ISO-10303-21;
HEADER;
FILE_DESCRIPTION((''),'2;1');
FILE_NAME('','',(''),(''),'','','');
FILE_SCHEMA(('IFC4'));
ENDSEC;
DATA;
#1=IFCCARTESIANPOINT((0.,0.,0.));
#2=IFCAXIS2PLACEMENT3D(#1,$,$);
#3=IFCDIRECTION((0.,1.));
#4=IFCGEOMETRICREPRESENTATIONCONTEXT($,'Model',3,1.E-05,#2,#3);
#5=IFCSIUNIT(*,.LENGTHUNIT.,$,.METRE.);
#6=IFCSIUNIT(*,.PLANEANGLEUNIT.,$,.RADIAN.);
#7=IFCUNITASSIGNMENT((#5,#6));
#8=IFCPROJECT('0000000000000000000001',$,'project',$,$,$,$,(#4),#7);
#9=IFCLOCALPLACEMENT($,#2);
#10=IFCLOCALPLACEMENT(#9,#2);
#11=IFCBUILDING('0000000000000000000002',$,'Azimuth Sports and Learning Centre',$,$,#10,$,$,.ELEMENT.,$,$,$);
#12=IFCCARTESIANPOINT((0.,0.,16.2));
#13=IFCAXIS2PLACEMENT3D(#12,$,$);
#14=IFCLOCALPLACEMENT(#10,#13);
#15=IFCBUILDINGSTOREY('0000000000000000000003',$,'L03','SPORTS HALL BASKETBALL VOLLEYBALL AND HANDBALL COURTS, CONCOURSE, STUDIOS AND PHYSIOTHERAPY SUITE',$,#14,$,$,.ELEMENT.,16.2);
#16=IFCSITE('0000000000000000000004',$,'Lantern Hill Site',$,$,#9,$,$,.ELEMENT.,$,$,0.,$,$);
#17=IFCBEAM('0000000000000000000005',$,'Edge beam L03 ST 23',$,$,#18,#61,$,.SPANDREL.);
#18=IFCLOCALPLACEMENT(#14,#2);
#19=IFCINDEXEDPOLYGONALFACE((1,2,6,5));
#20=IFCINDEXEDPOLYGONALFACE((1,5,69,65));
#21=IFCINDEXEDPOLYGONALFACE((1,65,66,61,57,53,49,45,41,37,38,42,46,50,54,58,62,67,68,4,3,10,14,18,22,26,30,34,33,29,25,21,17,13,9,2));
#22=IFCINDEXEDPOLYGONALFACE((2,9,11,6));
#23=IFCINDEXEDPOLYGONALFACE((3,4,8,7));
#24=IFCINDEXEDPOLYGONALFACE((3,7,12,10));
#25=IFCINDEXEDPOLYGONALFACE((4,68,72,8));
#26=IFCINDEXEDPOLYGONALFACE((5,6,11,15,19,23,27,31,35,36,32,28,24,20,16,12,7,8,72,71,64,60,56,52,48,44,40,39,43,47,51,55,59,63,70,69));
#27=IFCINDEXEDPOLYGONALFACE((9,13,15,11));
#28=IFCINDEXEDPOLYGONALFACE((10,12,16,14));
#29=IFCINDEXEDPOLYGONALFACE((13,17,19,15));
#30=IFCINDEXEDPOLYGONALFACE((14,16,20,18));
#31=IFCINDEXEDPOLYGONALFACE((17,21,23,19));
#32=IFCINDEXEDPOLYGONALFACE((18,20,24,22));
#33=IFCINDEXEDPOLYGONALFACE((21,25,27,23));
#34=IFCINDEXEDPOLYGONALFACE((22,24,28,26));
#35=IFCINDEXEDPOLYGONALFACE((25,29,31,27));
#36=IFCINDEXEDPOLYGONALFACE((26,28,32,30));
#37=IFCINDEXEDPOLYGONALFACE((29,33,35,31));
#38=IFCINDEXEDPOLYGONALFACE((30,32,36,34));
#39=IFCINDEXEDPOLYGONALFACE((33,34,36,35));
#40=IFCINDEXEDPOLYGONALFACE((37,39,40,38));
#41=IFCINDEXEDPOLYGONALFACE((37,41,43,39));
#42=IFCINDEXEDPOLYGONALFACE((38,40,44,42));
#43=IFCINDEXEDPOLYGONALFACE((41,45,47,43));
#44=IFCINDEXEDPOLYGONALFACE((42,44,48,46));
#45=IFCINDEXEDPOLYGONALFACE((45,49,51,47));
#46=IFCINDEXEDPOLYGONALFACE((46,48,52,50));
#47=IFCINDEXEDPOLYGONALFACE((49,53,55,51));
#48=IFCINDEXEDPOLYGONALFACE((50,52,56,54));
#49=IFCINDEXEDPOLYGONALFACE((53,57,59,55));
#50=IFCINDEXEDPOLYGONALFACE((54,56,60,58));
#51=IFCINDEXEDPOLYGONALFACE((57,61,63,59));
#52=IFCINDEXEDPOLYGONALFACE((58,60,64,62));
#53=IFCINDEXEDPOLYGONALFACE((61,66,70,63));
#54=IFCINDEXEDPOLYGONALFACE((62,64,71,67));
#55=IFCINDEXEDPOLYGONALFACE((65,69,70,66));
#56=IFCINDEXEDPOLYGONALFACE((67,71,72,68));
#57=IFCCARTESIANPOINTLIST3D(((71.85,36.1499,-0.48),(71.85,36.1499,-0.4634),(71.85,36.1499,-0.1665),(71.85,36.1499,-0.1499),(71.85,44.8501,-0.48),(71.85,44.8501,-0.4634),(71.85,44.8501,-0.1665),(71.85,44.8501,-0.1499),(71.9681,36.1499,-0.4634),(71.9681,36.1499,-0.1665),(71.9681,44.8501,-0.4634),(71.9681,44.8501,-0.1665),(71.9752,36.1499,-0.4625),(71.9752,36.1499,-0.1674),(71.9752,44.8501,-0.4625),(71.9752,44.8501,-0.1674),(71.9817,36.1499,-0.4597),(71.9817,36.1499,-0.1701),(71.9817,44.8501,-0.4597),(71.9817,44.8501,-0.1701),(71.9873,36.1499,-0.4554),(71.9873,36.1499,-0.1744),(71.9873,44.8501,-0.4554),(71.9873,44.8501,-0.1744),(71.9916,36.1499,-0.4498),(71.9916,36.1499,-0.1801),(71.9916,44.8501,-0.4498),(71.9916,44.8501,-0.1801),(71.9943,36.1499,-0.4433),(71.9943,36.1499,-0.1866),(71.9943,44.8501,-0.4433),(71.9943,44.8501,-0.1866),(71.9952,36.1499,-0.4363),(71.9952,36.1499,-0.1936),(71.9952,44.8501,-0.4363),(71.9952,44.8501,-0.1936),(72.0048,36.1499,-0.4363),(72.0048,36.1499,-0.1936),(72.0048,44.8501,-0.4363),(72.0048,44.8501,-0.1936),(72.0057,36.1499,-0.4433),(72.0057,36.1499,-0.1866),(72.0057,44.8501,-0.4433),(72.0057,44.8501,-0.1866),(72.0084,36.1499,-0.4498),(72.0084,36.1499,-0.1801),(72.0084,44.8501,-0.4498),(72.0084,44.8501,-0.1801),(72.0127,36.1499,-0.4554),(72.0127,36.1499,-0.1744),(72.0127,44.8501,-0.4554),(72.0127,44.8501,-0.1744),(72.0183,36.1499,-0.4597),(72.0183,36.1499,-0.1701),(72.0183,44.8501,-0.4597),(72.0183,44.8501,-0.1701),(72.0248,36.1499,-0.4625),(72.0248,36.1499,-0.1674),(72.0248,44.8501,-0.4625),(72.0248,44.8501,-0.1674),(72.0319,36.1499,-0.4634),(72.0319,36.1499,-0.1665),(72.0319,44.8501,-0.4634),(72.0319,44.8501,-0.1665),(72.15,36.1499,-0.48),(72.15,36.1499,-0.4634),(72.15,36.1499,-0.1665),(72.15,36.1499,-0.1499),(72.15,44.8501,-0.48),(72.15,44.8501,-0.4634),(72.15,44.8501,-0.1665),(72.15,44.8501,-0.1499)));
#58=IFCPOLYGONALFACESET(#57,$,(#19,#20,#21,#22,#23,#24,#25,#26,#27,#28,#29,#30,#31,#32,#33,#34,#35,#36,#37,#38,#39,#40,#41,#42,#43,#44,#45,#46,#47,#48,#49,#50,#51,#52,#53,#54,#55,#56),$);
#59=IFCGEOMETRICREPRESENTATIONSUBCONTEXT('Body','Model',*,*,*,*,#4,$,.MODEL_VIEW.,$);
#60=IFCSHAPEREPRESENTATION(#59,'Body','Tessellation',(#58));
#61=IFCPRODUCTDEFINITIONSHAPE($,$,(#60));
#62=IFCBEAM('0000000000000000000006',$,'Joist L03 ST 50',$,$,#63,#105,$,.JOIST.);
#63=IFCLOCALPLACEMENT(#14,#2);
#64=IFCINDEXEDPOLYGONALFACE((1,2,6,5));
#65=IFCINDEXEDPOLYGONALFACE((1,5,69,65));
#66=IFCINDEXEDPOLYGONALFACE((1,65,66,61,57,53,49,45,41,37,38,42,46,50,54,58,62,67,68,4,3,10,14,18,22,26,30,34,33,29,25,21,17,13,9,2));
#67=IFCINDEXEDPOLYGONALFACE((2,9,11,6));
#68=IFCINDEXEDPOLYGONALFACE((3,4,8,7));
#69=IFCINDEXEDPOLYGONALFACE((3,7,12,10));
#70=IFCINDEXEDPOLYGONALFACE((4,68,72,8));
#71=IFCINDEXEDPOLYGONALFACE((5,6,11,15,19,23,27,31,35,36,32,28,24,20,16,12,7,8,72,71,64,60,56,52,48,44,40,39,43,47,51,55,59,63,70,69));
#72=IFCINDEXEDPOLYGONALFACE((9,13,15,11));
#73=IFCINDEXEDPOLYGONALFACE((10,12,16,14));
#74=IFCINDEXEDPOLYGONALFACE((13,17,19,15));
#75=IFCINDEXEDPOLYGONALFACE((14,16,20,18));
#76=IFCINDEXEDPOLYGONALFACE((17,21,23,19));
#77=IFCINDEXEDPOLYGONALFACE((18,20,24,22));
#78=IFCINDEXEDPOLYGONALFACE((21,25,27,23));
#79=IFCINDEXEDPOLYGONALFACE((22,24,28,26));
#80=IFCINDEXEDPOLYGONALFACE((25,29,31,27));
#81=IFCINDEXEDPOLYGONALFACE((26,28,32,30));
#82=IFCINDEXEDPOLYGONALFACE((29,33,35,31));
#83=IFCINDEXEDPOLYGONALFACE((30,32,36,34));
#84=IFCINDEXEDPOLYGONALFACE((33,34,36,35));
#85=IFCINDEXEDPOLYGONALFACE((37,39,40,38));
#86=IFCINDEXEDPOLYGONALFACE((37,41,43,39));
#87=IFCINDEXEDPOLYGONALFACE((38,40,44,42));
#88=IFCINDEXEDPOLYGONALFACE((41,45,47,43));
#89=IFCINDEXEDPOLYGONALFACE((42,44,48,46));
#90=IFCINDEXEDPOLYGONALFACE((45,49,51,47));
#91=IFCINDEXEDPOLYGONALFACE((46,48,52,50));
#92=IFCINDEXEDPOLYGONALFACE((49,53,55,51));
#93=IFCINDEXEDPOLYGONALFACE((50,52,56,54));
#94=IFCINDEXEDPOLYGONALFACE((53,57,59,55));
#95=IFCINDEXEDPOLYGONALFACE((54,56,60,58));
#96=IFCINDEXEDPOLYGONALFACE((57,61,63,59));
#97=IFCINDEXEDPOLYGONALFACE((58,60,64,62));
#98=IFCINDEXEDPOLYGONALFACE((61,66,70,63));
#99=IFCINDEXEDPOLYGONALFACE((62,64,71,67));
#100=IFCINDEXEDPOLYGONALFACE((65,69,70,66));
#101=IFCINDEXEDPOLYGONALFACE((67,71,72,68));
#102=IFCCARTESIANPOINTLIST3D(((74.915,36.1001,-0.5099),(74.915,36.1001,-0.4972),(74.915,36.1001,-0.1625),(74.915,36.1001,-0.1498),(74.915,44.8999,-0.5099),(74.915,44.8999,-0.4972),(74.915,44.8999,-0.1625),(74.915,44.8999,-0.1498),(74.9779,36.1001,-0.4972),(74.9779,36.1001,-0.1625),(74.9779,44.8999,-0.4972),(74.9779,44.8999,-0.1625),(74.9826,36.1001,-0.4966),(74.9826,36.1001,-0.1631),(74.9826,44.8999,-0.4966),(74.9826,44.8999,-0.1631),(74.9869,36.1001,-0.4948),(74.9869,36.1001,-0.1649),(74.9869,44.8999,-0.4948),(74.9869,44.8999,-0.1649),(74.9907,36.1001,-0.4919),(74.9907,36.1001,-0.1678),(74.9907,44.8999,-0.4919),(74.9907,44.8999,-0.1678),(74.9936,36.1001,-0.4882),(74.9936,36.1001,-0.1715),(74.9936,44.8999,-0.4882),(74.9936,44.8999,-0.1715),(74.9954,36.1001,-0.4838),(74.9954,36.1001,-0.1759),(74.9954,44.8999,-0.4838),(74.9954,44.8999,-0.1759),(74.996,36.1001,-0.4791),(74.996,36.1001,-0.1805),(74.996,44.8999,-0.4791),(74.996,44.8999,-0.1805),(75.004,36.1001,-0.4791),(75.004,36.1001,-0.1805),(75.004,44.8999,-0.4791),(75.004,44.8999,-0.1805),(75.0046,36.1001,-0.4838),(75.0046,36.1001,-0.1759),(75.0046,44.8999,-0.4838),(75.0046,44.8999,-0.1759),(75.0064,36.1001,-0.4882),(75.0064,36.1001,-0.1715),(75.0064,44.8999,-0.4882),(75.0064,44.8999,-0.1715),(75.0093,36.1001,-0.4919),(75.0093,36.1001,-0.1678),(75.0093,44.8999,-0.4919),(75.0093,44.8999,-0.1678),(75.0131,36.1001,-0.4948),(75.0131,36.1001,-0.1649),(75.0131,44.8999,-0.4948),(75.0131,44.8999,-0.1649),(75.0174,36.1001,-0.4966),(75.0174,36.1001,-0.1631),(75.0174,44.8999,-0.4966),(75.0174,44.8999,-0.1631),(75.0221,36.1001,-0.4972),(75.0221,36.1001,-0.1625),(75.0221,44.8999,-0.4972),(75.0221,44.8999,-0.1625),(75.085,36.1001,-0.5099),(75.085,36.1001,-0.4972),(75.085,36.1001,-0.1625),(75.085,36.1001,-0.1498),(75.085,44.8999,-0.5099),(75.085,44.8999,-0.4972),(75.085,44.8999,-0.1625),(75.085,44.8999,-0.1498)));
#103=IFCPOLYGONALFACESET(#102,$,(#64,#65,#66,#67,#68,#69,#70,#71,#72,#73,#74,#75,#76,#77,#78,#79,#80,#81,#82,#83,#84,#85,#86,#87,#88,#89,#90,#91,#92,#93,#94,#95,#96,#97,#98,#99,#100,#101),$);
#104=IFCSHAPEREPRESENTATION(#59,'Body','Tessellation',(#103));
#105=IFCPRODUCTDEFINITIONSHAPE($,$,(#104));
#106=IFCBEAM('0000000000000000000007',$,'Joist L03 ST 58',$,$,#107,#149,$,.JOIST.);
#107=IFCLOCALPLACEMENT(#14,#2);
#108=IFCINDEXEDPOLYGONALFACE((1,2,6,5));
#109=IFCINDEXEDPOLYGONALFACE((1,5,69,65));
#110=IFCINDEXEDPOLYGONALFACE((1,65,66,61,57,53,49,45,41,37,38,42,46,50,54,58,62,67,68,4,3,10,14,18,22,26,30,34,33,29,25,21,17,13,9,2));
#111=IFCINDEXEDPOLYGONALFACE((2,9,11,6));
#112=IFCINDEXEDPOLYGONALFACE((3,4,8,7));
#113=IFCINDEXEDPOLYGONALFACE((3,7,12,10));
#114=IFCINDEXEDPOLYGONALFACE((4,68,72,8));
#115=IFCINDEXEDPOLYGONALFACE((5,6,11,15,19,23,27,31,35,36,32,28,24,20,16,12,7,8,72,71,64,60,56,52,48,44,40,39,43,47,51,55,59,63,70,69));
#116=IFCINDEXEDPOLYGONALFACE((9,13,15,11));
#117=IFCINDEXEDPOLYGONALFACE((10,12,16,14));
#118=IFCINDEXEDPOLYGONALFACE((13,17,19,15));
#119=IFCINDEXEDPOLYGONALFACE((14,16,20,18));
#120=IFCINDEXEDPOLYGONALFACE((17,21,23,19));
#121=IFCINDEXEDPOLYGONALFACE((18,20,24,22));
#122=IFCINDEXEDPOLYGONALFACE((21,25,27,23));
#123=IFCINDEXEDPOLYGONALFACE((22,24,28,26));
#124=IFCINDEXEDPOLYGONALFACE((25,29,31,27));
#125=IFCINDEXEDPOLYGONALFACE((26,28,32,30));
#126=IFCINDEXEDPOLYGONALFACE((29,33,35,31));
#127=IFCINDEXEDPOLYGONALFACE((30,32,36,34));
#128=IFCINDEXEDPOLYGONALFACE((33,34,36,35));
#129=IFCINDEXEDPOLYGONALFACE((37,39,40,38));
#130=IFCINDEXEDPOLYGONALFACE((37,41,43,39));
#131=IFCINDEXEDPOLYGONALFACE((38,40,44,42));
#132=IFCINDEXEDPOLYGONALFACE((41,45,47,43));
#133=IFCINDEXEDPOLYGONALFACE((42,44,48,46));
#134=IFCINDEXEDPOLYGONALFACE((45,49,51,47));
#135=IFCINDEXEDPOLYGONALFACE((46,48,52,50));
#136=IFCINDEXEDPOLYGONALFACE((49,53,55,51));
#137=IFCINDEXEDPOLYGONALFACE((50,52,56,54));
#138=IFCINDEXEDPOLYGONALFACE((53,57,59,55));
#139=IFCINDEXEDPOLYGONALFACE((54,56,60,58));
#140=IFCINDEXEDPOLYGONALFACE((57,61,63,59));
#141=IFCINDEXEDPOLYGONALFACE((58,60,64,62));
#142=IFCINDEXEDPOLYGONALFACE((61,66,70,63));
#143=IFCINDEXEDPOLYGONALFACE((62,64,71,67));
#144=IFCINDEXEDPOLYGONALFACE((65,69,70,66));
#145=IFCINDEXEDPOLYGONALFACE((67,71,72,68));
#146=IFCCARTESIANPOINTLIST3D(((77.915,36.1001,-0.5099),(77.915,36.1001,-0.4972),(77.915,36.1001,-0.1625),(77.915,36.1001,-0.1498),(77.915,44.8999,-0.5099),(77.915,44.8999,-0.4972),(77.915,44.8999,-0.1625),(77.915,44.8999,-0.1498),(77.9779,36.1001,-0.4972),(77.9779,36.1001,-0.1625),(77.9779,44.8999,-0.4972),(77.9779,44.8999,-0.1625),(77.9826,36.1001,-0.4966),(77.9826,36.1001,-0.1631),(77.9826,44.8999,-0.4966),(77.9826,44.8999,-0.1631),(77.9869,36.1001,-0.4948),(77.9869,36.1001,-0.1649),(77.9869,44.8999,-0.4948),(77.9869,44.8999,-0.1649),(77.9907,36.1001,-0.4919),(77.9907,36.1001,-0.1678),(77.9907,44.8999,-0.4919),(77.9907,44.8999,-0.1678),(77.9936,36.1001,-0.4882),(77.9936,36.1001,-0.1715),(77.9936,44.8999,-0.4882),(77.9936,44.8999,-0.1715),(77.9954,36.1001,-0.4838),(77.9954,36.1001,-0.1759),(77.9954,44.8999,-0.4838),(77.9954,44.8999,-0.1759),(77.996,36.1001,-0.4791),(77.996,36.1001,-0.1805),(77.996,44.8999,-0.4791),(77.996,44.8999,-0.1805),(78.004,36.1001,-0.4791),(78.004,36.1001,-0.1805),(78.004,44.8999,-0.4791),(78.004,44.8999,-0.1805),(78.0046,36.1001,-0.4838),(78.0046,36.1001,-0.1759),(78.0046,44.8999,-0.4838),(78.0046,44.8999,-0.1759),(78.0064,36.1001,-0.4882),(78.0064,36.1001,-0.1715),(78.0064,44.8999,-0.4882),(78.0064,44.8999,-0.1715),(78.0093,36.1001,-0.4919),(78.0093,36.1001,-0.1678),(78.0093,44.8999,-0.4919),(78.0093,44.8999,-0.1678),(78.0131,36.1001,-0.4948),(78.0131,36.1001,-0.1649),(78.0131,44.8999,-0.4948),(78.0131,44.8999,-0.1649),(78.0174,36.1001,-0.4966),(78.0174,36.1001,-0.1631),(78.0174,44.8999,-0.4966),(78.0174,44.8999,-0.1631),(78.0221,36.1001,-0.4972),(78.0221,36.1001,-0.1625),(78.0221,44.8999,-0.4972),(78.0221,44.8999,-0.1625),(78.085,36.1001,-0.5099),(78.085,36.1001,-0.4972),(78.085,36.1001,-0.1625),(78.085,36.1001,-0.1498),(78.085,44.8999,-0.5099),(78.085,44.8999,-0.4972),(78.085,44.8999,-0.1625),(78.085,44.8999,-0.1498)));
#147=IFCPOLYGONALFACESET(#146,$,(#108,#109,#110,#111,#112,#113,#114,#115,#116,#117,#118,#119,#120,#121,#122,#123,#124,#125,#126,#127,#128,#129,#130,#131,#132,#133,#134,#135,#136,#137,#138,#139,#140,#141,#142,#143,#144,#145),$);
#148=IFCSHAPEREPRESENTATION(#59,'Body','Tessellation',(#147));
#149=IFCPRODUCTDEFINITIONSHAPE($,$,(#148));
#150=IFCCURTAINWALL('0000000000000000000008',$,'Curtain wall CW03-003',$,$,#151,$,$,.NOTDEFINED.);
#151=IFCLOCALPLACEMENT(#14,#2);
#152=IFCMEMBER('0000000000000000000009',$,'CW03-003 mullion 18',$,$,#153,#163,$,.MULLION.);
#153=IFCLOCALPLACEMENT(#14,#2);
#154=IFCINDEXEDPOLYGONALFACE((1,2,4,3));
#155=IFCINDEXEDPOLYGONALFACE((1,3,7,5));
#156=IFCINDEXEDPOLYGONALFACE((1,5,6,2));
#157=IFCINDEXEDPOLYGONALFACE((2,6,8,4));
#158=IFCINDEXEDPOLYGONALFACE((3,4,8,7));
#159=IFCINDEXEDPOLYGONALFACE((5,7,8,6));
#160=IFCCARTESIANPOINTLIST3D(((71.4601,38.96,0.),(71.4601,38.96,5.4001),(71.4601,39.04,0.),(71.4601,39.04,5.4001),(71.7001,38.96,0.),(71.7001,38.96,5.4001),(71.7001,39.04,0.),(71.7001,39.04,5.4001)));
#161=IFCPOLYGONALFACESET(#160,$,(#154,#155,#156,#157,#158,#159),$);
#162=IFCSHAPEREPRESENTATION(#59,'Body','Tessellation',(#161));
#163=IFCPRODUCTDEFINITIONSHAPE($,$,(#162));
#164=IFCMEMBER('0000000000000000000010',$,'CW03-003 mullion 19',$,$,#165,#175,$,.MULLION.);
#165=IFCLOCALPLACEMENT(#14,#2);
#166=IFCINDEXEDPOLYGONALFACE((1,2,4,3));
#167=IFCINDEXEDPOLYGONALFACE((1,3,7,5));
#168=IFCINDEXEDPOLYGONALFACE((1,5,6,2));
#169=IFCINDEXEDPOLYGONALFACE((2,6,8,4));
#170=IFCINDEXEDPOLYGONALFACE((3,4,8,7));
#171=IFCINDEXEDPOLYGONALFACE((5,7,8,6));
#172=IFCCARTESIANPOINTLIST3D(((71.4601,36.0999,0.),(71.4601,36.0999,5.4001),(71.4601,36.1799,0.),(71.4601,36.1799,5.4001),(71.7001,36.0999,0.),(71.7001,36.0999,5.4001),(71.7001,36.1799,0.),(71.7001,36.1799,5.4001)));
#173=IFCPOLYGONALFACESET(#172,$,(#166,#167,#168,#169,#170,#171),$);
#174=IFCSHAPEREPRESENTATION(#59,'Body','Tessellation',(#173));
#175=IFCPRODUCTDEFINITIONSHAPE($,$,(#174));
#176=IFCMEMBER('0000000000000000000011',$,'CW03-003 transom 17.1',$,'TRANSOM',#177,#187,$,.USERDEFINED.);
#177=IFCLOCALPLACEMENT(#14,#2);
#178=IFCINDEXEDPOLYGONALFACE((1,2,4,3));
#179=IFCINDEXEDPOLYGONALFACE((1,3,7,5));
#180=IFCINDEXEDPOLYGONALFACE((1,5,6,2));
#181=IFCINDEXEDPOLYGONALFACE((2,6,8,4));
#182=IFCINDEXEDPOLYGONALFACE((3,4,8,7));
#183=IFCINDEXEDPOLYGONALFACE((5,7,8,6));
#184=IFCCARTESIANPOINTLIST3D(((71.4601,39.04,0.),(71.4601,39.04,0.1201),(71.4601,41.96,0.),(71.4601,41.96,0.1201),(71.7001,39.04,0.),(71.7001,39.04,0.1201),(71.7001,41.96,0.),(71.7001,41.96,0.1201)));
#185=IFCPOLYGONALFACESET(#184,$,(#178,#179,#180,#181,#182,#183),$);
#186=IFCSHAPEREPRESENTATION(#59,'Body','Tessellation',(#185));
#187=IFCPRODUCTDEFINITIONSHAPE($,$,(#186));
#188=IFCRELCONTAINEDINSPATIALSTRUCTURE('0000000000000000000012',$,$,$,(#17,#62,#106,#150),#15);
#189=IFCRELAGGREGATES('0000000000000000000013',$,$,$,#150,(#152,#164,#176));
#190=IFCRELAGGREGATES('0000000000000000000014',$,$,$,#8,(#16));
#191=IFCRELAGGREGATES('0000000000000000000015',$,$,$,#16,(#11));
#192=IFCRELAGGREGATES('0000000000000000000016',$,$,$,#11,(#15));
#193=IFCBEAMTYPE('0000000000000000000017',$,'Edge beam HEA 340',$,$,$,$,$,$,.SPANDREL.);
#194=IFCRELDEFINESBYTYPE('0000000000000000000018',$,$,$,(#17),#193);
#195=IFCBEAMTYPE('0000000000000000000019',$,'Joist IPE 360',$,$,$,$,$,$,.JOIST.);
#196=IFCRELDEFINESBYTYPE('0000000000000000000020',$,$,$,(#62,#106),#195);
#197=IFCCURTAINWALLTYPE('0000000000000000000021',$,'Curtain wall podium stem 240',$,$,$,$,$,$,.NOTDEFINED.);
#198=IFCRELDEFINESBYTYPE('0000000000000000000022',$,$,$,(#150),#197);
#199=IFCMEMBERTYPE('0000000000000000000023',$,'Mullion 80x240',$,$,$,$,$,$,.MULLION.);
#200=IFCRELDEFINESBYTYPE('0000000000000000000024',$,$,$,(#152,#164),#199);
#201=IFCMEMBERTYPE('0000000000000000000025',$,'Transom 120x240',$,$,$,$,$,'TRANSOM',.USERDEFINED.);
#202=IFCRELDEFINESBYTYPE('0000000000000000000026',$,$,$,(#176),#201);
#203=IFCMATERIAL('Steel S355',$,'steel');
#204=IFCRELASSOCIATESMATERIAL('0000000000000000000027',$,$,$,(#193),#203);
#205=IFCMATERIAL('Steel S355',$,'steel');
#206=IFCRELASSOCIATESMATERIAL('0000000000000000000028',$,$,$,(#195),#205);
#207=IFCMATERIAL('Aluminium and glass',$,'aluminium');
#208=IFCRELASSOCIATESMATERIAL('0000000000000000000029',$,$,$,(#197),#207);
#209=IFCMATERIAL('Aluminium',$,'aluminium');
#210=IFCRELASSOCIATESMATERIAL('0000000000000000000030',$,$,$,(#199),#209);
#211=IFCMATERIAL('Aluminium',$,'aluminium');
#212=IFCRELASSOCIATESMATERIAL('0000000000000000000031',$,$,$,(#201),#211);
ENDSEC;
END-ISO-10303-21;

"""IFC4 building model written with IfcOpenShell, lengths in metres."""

from ifc_helpers import new_model, si_unit, direction, frame, origin, origin_2d, place, context, subcontext, project, spatial, rectangle, i_section, extrude, material, material_profile, profile_set, type_object, element, aggregate, save


model = new_model("IFC4")

# Units and contexts
model_context = context("Model", 3, precision=1e-05, world=origin(), true_north=direction((0.0, 1.0)))
body_context = subcontext(model_context, "Body", "Model", "MODEL_VIEW")
ifc_project = project(units=[si_unit("LENGTHUNIT", "METRE"), si_unit("PLANEANGLEUNIT", "RADIAN")], contexts=[model_context])

# Site, building, storey
site_placement = place(None, origin())
site = spatial("IfcSite", under=ifc_project, at=site_placement, Name="Lantern Hill Site", CompositionType="ELEMENT", RefElevation=0.0)
building_placement = place(site_placement, origin())
building = spatial("IfcBuilding", under=site, at=building_placement, Name="Azimuth Sports and Learning Centre", CompositionType="ELEMENT")
storey_placement = place(building_placement, frame((0.0, 0.0, 16.2)))
storey = spatial("IfcBuildingStorey", under=building, at=storey_placement, Name="L03", Description="SPORTS HALL BASKETBALL VOLLEYBALL AND HANDBALL COURTS, CONCOURSE, STUDIOS AND PHYSIOTHERAPY SUITE", CompositionType="ELEMENT", Elevation=16.2)

# Beams
ifc_material_1 = material(Name="Steel S355", Category="steel")
ifc_material_profile_1 = material_profile(ifc_material_1, i_section(OverallWidth=0.3, OverallDepth=0.3301, WebThickness=0.0095, FlangeThickness=0.0166, FilletRadius=0.0271, at=origin_2d()), Name="HEA 340")
ifc_profile_set_1 = profile_set([ifc_material_profile_1], Name="Steel S355")
beam_type_1 = type_object("IfcBeamType", Name="Edge beam HEA 340", PredefinedType="SPANDREL", material=ifc_profile_set_1)
beam_placement = place(storey_placement, frame((72.0, 36.1499, -0.3149), z_axis=(0.0, 1.0, 0.0), x_axis=(-1.0, 0.0, 0.0)))
element("IfcBeam", 1, at=beam_placement, inside=storey, type_object=beam_type_1, Name="Edge beam L03 ST 23", PredefinedType="SPANDREL", context=body_context, shape_type="SweptSolid", body=[
    extrude(i_section(OverallWidth=0.3, OverallDepth=0.3301, WebThickness=0.0095, FlangeThickness=0.0166, FilletRadius=0.0271, at=origin_2d()), origin(), (0.0, 0.0, 1.0), 8.7002),
])
ifc_material_2 = material(Name="Steel S355", Category="steel")
ifc_material_profile_2 = material_profile(ifc_material_2, i_section(OverallWidth=0.1699, OverallDepth=0.3601, WebThickness=0.0081, FlangeThickness=0.0127, FilletRadius=0.0181, at=origin_2d()), Name="IPE 360")
ifc_profile_set_2 = profile_set([ifc_material_profile_2], Name="Steel S355")
beam_type_2 = type_object("IfcBeamType", Name="Joist IPE 360", PredefinedType="JOIST", material=ifc_profile_set_2)
for number, where, z_axis, x_axis, name in (
    (2, (75.0, 36.1001, -0.3298), (0.0, 1.0, 0.0), (-1.0, 0.0, 0.0), "Joist L03 ST 50"),
    (3, (78.0, 36.1001, -0.3298), (0.0, 1.0, 0.0), (-1.0, 0.0, 0.0), "Joist L03 ST 58"),
):
    element("IfcBeam", number, at=place(storey_placement, frame(where, z_axis=z_axis, x_axis=x_axis)), inside=storey, type_object=beam_type_2, Name=name, PredefinedType="JOIST", context=body_context, shape_type="SweptSolid", body=[
        extrude(i_section(OverallWidth=0.1699, OverallDepth=0.3601, WebThickness=0.0081, FlangeThickness=0.0127, FilletRadius=0.0181, at=origin_2d()), origin(), (0.0, 0.0, 1.0), 8.7998),
    ])

# Curtain wall, members
ifc_material_3 = material(Name="Aluminium and glass", Category="aluminium")
curtain_wall_type = type_object("IfcCurtainWallType", Name="Curtain wall podium stem 240", PredefinedType="NOTDEFINED", material=ifc_material_3)
curtain_wall_placement = place(storey_placement, origin())
curtain_wall = element("IfcCurtainWall", 4, at=curtain_wall_placement, inside=storey, type_object=curtain_wall_type, Name="Curtain wall CW03-003", PredefinedType="NOTDEFINED")
ifc_material_4 = material(Name="Aluminium", Category="aluminium")
ifc_material_profile_3 = material_profile(ifc_material_4, rectangle(XDim=0.24, YDim=0.0801, at=origin_2d()), Name="Mullion 80x240")
ifc_profile_set_3 = profile_set([ifc_material_profile_3], Name="Aluminium")
member_type_1 = type_object("IfcMemberType", Name="Mullion 80x240", PredefinedType="MULLION", material=ifc_profile_set_3)
member_1_placement = place(storey_placement, frame((71.5801, 39.0, 0.0), z_axis=(0.0, 0.0, 1.0), x_axis=(1.0, 0.0, 0.0)))
member_1 = element("IfcMember", 5, at=member_1_placement, type_object=member_type_1, Name="CW03-003 mullion 18", PredefinedType="MULLION", context=body_context, shape_type="SweptSolid", body=[
    extrude(rectangle(XDim=0.24, YDim=0.0801, at=origin_2d()), origin(), (0.0, 0.0, 1.0), 5.4001),
])
member_2_placement = place(storey_placement, frame((71.5801, 36.1399, 0.0), z_axis=(0.0, 0.0, 1.0), x_axis=(1.0, 0.0, 0.0)))
member_2 = element("IfcMember", 6, at=member_2_placement, type_object=member_type_1, Name="CW03-003 mullion 19", PredefinedType="MULLION", context=body_context, shape_type="SweptSolid", body=[
    extrude(rectangle(XDim=0.24, YDim=0.0801, at=origin_2d()), origin(), (0.0, 0.0, 1.0), 5.4001),
])
ifc_material_5 = material(Name="Aluminium", Category="aluminium")
ifc_material_profile_4 = material_profile(ifc_material_5, rectangle(XDim=0.24, YDim=0.1201, at=origin_2d()), Name="Transom 120x240")
ifc_profile_set_4 = profile_set([ifc_material_profile_4], Name="Aluminium")
member_type_2 = type_object("IfcMemberType", Name="Transom 120x240", ElementType="TRANSOM", PredefinedType="USERDEFINED", material=ifc_profile_set_4)
member_3_placement = place(storey_placement, frame((71.5801, 41.96, 0.0601), z_axis=(0.0, -1.0, 0.0), x_axis=(1.0, 0.0, 0.0)))
member_3 = element("IfcMember", 7, at=member_3_placement, type_object=member_type_2, Name="CW03-003 transom 17.1", ObjectType="TRANSOM", PredefinedType="USERDEFINED", context=body_context, shape_type="SweptSolid", body=[
    extrude(rectangle(XDim=0.24, YDim=0.1201, at=origin_2d()), origin(), (0.0, 0.0, 1.0), 2.9199),
])
aggregate(curtain_wall, [member_1, member_2, member_3])

save(model, "model.ifc")
